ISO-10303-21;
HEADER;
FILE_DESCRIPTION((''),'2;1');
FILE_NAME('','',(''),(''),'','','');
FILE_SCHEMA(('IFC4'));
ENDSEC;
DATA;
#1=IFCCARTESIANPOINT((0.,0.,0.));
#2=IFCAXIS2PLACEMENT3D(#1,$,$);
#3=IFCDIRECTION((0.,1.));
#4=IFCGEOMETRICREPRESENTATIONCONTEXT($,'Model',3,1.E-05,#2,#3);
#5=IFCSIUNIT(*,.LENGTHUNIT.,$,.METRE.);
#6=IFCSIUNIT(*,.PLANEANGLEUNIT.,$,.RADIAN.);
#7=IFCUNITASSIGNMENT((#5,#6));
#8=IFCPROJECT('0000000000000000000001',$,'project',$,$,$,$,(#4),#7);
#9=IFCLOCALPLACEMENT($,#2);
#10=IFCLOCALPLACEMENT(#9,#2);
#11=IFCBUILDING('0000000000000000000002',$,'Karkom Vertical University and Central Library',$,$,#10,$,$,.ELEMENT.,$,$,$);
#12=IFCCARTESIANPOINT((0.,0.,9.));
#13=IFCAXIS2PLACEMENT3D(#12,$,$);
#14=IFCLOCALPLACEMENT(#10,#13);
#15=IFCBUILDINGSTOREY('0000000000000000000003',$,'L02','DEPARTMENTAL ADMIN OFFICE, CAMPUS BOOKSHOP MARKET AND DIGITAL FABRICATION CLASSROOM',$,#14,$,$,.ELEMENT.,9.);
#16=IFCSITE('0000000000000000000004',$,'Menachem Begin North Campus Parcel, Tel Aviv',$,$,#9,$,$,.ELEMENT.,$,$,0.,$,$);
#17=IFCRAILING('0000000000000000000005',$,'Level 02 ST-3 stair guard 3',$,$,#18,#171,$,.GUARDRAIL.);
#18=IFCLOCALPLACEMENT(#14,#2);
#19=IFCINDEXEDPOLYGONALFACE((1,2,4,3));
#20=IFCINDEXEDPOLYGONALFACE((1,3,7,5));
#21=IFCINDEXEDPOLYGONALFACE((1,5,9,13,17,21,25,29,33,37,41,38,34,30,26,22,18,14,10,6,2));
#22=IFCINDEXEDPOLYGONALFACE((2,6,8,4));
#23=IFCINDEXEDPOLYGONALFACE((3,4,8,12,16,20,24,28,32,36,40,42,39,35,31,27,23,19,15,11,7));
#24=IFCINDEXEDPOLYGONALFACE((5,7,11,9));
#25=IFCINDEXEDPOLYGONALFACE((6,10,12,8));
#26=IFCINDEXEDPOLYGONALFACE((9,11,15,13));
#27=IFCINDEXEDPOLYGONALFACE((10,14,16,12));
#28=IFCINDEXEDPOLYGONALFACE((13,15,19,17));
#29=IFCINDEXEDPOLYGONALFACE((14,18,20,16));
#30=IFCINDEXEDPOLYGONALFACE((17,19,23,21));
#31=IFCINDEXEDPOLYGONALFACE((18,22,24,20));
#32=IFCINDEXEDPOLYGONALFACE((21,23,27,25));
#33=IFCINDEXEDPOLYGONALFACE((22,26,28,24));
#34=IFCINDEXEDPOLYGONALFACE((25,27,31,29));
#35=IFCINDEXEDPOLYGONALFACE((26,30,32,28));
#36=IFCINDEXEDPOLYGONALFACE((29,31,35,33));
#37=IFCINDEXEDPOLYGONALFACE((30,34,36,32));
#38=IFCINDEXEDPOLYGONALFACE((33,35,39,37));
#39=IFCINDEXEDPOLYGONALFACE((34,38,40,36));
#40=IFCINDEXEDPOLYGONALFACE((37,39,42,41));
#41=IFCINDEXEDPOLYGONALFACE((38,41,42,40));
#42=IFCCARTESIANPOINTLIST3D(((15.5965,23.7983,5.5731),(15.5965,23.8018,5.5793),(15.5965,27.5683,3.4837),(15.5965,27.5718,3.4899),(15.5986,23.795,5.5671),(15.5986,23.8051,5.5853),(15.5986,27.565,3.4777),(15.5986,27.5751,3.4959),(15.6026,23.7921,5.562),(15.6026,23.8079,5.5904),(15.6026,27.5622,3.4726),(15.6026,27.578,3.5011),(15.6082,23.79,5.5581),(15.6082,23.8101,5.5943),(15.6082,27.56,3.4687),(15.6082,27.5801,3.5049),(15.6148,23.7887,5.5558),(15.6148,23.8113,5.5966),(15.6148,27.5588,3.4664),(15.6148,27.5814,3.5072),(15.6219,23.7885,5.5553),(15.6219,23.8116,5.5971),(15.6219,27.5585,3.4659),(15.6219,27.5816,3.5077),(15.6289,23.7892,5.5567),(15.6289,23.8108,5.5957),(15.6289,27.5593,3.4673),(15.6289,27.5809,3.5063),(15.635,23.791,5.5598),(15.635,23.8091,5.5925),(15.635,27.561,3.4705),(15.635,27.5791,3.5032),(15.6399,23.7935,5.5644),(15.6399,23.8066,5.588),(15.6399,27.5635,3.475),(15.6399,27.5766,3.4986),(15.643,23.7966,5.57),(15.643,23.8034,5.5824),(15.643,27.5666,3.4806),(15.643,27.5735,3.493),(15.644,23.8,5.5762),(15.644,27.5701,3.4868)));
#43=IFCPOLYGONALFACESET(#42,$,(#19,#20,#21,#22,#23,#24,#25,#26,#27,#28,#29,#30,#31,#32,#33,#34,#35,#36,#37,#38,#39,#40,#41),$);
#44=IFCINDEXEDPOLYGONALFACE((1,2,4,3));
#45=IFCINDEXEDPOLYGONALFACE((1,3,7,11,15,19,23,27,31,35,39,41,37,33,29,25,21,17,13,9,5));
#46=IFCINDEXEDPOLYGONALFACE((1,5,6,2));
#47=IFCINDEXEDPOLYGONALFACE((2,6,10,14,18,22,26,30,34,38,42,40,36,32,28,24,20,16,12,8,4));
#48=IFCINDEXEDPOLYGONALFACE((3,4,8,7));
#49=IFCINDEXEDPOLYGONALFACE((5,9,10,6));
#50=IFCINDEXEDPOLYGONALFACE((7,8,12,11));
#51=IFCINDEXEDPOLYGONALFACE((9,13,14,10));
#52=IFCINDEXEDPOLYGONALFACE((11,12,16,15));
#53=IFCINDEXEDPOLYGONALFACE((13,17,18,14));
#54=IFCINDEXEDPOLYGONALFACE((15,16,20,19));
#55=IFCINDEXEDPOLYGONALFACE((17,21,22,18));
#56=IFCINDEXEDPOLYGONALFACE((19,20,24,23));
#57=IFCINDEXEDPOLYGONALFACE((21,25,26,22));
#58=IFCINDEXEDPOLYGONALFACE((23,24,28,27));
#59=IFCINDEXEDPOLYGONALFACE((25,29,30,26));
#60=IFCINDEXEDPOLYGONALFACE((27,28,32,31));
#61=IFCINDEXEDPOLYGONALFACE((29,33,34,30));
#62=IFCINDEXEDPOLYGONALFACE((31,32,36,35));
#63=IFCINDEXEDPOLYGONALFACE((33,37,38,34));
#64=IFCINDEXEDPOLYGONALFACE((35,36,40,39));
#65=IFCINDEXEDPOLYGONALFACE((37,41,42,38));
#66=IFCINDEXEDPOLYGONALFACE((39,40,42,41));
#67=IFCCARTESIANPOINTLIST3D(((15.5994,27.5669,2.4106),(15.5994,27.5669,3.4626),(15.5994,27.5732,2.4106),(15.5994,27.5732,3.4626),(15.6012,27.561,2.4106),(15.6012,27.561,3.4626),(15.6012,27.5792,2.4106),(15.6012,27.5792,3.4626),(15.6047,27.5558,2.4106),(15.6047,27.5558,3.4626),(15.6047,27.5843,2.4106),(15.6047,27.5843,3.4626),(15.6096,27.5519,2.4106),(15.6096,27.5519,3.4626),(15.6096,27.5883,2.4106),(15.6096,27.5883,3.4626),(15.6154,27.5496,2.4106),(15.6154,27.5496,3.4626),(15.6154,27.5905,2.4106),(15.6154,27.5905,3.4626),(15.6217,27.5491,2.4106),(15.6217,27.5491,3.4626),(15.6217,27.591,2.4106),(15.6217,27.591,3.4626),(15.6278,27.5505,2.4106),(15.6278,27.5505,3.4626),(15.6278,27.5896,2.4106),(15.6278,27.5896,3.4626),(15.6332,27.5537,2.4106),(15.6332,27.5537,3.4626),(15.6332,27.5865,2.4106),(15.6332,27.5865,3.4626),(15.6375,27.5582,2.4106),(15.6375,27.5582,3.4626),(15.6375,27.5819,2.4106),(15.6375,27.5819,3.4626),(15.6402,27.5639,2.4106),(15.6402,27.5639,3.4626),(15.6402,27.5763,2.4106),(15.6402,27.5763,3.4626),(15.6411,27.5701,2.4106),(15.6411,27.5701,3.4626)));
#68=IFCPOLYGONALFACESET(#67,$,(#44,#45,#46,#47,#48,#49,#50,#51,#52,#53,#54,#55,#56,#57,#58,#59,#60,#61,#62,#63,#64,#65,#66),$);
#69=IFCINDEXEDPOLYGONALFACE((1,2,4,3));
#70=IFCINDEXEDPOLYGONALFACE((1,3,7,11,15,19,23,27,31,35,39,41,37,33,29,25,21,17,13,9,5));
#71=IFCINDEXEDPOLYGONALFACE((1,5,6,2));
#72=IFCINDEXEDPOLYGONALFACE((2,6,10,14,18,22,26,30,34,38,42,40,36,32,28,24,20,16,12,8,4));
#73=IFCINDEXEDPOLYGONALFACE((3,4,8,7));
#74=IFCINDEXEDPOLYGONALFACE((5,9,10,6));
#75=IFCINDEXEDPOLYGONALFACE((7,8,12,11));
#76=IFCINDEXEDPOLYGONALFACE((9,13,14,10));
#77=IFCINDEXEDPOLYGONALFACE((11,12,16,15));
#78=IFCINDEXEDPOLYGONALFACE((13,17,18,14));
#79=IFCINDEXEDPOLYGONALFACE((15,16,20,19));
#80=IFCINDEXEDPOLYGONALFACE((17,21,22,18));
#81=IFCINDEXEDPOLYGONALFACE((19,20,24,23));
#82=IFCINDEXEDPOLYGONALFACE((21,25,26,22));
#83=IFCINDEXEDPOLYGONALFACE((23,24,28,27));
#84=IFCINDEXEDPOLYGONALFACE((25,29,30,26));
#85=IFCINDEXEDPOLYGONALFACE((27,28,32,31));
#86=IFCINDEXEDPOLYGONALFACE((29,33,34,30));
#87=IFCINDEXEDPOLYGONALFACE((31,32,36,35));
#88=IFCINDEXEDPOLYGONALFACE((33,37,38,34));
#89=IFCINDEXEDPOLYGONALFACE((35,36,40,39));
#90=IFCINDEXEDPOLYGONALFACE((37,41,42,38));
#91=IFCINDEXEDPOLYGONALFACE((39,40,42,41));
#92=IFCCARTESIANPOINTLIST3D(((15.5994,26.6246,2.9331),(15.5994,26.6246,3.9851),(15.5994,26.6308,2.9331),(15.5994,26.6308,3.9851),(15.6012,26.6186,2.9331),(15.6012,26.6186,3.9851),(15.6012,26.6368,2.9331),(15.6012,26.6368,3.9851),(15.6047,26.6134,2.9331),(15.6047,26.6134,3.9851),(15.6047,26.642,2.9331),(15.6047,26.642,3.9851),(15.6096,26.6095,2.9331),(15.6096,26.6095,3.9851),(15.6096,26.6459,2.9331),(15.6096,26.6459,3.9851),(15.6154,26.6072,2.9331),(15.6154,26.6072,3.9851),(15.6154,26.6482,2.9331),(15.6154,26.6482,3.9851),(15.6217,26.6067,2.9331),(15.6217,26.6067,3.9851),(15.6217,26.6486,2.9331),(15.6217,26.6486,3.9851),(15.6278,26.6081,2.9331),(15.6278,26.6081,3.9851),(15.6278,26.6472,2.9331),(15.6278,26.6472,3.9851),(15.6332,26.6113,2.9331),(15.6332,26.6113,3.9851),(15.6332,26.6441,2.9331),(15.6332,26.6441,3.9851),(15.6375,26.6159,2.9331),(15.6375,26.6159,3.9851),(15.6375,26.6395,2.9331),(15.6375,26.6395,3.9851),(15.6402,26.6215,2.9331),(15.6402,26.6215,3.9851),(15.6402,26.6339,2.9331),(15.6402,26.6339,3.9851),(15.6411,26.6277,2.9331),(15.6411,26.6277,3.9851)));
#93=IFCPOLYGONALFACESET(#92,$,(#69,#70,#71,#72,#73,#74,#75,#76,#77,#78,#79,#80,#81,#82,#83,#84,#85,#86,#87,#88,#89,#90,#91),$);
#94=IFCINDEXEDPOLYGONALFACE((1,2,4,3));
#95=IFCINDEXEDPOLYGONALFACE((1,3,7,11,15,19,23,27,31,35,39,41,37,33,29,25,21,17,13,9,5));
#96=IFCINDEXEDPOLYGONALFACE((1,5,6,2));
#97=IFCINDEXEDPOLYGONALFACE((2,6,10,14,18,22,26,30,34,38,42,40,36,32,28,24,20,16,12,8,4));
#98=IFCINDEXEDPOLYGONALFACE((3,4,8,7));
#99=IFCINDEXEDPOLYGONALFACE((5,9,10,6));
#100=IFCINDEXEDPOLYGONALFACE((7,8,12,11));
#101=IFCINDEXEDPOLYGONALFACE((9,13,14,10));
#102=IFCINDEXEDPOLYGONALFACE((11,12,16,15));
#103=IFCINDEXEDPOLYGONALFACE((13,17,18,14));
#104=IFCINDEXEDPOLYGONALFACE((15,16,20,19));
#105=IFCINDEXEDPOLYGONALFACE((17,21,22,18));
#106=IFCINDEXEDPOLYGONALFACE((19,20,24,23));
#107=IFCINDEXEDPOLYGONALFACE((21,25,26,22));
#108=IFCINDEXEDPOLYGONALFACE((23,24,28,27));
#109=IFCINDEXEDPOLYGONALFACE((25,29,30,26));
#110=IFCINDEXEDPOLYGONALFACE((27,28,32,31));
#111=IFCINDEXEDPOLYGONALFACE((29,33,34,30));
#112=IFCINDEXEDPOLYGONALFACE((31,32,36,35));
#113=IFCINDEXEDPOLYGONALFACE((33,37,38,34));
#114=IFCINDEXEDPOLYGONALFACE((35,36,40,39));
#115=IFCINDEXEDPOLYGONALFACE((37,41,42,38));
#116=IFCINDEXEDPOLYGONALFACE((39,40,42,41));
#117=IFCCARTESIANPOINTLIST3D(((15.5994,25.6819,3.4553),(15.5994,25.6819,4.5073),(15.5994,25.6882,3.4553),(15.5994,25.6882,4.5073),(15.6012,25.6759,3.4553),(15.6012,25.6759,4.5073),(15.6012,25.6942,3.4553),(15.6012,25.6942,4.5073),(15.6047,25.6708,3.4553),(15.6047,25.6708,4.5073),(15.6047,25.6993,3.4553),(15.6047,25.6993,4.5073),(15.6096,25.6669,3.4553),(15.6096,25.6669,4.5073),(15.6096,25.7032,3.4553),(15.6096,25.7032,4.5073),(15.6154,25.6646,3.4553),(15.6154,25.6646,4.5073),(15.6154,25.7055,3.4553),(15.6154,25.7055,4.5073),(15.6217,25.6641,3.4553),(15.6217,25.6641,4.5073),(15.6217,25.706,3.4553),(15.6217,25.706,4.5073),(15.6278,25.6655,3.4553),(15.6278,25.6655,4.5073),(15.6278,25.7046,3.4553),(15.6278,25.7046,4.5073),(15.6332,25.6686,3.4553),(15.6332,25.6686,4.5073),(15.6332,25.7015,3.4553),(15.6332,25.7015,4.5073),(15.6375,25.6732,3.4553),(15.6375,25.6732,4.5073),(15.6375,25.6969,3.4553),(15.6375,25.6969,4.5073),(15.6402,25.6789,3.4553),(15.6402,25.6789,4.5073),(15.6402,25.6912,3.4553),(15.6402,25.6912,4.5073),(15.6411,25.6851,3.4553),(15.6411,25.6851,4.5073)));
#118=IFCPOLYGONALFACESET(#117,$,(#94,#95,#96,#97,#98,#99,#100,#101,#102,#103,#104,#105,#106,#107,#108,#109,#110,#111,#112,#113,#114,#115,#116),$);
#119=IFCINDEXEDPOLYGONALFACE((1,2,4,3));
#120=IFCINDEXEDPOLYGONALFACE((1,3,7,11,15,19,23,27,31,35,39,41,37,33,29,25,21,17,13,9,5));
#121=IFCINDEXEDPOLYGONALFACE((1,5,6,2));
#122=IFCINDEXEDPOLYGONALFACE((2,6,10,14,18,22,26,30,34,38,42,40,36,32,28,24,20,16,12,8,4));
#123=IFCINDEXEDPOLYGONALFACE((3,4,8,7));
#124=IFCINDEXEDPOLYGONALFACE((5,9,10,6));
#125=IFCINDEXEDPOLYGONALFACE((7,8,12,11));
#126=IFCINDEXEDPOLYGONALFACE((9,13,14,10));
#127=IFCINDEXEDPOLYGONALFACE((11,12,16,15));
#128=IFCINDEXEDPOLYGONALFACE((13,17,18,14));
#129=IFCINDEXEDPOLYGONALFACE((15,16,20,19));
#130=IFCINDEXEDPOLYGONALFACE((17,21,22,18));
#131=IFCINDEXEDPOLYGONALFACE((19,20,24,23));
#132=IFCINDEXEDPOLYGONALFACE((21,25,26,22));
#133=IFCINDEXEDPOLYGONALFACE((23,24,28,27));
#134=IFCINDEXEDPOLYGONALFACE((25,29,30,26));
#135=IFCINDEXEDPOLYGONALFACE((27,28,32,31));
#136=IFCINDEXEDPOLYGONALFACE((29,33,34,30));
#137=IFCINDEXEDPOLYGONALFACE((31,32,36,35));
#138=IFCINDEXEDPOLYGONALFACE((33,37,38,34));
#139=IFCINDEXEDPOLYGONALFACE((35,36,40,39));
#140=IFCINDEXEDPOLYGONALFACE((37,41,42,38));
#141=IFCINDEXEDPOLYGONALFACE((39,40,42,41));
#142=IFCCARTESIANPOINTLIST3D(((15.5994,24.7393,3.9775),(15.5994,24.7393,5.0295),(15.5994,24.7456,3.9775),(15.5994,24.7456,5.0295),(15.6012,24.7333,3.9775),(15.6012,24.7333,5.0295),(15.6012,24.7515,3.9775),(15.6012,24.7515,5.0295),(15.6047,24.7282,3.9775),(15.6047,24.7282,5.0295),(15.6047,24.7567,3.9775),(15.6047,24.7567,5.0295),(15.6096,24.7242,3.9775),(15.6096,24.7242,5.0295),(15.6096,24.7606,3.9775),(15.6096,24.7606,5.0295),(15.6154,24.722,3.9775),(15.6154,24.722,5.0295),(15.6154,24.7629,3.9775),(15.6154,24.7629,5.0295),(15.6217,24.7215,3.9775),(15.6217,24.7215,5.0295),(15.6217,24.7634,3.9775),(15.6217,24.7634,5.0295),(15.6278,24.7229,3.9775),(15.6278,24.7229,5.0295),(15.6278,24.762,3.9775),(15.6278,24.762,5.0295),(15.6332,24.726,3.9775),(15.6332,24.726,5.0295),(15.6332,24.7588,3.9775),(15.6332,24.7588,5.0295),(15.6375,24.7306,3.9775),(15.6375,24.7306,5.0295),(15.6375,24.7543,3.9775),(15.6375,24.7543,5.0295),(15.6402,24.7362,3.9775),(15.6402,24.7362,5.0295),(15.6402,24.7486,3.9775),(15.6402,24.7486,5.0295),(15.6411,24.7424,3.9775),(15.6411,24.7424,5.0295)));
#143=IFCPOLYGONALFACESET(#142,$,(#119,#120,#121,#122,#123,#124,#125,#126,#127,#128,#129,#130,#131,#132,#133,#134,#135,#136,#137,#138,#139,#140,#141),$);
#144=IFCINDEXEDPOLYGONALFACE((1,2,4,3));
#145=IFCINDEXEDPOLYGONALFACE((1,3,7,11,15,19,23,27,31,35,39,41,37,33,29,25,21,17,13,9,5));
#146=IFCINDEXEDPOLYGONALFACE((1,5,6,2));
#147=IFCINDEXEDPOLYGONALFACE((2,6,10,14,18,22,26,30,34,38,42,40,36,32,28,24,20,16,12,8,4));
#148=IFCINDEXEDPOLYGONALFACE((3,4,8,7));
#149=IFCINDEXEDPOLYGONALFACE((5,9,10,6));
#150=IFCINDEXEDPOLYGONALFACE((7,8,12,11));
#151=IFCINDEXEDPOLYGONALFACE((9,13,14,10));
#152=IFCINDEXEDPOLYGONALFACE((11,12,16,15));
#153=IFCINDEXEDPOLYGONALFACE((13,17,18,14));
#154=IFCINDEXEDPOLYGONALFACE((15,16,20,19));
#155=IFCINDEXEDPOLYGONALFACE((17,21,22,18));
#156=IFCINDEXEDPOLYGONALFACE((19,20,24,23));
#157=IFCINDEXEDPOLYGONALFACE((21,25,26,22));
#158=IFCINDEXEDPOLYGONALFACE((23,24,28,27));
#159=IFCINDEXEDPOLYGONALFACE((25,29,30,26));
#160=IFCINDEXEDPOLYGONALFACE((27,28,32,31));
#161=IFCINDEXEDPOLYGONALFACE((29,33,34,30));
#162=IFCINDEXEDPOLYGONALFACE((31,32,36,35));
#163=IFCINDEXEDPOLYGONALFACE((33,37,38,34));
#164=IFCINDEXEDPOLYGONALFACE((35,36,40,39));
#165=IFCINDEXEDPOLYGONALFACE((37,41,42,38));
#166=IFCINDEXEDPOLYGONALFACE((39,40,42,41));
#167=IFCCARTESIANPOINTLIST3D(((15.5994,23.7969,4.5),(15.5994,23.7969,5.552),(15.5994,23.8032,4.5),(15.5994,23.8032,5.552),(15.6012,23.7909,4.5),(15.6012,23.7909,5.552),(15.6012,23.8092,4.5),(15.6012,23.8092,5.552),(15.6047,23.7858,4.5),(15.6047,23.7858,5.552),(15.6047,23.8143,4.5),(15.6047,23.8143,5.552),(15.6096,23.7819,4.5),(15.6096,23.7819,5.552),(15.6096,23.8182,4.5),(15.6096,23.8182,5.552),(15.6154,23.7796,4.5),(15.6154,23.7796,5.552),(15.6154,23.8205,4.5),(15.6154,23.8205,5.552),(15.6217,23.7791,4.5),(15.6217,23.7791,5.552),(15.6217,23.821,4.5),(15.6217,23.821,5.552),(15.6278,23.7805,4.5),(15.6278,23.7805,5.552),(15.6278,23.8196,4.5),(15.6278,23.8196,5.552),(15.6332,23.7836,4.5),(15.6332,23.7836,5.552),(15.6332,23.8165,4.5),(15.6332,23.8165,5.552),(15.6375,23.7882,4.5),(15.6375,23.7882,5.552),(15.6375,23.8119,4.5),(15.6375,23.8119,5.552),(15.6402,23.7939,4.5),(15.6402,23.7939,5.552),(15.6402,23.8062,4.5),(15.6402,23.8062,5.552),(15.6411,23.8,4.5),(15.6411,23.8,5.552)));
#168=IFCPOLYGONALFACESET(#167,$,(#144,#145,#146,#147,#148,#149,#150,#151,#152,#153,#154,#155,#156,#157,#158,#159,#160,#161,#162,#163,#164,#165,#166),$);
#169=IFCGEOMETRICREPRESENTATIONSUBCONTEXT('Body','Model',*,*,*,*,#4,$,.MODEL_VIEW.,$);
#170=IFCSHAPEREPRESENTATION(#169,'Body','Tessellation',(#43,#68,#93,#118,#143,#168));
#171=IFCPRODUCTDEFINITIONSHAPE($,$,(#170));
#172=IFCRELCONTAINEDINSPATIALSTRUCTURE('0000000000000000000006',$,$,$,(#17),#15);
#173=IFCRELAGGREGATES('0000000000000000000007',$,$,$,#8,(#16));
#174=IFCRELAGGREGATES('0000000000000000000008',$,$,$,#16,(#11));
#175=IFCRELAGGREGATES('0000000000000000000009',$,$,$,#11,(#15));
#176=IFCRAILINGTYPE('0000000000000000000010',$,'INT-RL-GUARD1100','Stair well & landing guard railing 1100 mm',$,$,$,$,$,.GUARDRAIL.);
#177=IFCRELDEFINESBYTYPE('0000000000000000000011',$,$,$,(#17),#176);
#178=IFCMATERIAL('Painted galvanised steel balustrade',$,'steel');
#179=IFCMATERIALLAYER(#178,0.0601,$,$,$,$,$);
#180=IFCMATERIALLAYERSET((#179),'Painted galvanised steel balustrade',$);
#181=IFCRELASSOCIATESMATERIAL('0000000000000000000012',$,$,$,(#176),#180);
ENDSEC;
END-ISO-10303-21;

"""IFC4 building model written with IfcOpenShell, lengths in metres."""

from ifc_helpers import new_model, si_unit, direction, frame, origin, origin_2d, place, context, subcontext, project, spatial, circle, extrude, material, layer, layer_set, type_object, element, save


model = new_model("IFC4")

# Units and contexts
model_context = context("Model", 3, precision=1e-05, world=origin(), true_north=direction((0.0, 1.0)))
body_context = subcontext(model_context, "Body", "Model", "MODEL_VIEW")
ifc_project = project(units=[si_unit("LENGTHUNIT", "METRE"), si_unit("PLANEANGLEUNIT", "RADIAN")], contexts=[model_context])

# Site, building, storey
site_placement = place(None, origin())
site = spatial("IfcSite", under=ifc_project, at=site_placement, Name="Menachem Begin North Campus Parcel, Tel Aviv", CompositionType="ELEMENT", RefElevation=0.0)
building_placement = place(site_placement, origin())
building = spatial("IfcBuilding", under=site, at=building_placement, Name="Karkom Vertical University and Central Library", CompositionType="ELEMENT")
storey_placement = place(building_placement, frame((0.0, 0.0, 9.0)))
storey = spatial("IfcBuildingStorey", under=building, at=storey_placement, Name="L02", Description="DEPARTMENTAL ADMIN OFFICE, CAMPUS BOOKSHOP MARKET AND DIGITAL FABRICATION CLASSROOM", CompositionType="ELEMENT", Elevation=9.0)

# Railing
ifc_material_1 = material(Name="Painted galvanised steel balustrade", Category="steel")
ifc_layer_1 = layer(ifc_material_1, 0.0601)
ifc_layer_set_1 = layer_set([ifc_layer_1], Name="Painted galvanised steel balustrade")
railing_type_1 = type_object("IfcRailingType", Name="INT-RL-GUARD1100", Description="Stair well & landing guard railing 1100 mm", PredefinedType="GUARDRAIL", material=ifc_layer_set_1)
railing_1_placement = place(storey_placement, frame((15.6201, 27.5701, 2.4106)))
element("IfcRailing", 1, at=railing_1_placement, inside=storey, type_object=railing_type_1, Name="Level 02 ST-3 stair guard 3", PredefinedType="GUARDRAIL", context=body_context, shape_type="SweptSolid", body=[
    extrude(circle(Radius=0.0239, at=origin_2d()), frame((0.0, 0.0, 1.0762), z_axis=(0.0, -0.874659, 0.484739), x_axis=(1.0, 0.0, 0.0)), (0.0, 0.0, 1.0), 4.3103),
    extrude(circle(Radius=0.021, at=origin_2d()), origin(), (0.0, 0.0, 1.0), 1.052),
    extrude(circle(Radius=0.021, at=origin_2d()), frame((0.0, -0.9424, 0.5225)), (0.0, 0.0, 1.0), 1.052),
    extrude(circle(Radius=0.021, at=origin_2d()), frame((0.0, -1.885, 1.0447)), (0.0, 0.0, 1.0), 1.052),
    extrude(circle(Radius=0.021, at=origin_2d()), frame((0.0, -2.8276, 1.5669)), (0.0, 0.0, 1.0), 1.052),
    extrude(circle(Radius=0.021, at=origin_2d()), frame((0.0, -3.77, 2.0894)), (0.0, 0.0, 1.0), 1.052),
])

save(model, "model.ifc")
